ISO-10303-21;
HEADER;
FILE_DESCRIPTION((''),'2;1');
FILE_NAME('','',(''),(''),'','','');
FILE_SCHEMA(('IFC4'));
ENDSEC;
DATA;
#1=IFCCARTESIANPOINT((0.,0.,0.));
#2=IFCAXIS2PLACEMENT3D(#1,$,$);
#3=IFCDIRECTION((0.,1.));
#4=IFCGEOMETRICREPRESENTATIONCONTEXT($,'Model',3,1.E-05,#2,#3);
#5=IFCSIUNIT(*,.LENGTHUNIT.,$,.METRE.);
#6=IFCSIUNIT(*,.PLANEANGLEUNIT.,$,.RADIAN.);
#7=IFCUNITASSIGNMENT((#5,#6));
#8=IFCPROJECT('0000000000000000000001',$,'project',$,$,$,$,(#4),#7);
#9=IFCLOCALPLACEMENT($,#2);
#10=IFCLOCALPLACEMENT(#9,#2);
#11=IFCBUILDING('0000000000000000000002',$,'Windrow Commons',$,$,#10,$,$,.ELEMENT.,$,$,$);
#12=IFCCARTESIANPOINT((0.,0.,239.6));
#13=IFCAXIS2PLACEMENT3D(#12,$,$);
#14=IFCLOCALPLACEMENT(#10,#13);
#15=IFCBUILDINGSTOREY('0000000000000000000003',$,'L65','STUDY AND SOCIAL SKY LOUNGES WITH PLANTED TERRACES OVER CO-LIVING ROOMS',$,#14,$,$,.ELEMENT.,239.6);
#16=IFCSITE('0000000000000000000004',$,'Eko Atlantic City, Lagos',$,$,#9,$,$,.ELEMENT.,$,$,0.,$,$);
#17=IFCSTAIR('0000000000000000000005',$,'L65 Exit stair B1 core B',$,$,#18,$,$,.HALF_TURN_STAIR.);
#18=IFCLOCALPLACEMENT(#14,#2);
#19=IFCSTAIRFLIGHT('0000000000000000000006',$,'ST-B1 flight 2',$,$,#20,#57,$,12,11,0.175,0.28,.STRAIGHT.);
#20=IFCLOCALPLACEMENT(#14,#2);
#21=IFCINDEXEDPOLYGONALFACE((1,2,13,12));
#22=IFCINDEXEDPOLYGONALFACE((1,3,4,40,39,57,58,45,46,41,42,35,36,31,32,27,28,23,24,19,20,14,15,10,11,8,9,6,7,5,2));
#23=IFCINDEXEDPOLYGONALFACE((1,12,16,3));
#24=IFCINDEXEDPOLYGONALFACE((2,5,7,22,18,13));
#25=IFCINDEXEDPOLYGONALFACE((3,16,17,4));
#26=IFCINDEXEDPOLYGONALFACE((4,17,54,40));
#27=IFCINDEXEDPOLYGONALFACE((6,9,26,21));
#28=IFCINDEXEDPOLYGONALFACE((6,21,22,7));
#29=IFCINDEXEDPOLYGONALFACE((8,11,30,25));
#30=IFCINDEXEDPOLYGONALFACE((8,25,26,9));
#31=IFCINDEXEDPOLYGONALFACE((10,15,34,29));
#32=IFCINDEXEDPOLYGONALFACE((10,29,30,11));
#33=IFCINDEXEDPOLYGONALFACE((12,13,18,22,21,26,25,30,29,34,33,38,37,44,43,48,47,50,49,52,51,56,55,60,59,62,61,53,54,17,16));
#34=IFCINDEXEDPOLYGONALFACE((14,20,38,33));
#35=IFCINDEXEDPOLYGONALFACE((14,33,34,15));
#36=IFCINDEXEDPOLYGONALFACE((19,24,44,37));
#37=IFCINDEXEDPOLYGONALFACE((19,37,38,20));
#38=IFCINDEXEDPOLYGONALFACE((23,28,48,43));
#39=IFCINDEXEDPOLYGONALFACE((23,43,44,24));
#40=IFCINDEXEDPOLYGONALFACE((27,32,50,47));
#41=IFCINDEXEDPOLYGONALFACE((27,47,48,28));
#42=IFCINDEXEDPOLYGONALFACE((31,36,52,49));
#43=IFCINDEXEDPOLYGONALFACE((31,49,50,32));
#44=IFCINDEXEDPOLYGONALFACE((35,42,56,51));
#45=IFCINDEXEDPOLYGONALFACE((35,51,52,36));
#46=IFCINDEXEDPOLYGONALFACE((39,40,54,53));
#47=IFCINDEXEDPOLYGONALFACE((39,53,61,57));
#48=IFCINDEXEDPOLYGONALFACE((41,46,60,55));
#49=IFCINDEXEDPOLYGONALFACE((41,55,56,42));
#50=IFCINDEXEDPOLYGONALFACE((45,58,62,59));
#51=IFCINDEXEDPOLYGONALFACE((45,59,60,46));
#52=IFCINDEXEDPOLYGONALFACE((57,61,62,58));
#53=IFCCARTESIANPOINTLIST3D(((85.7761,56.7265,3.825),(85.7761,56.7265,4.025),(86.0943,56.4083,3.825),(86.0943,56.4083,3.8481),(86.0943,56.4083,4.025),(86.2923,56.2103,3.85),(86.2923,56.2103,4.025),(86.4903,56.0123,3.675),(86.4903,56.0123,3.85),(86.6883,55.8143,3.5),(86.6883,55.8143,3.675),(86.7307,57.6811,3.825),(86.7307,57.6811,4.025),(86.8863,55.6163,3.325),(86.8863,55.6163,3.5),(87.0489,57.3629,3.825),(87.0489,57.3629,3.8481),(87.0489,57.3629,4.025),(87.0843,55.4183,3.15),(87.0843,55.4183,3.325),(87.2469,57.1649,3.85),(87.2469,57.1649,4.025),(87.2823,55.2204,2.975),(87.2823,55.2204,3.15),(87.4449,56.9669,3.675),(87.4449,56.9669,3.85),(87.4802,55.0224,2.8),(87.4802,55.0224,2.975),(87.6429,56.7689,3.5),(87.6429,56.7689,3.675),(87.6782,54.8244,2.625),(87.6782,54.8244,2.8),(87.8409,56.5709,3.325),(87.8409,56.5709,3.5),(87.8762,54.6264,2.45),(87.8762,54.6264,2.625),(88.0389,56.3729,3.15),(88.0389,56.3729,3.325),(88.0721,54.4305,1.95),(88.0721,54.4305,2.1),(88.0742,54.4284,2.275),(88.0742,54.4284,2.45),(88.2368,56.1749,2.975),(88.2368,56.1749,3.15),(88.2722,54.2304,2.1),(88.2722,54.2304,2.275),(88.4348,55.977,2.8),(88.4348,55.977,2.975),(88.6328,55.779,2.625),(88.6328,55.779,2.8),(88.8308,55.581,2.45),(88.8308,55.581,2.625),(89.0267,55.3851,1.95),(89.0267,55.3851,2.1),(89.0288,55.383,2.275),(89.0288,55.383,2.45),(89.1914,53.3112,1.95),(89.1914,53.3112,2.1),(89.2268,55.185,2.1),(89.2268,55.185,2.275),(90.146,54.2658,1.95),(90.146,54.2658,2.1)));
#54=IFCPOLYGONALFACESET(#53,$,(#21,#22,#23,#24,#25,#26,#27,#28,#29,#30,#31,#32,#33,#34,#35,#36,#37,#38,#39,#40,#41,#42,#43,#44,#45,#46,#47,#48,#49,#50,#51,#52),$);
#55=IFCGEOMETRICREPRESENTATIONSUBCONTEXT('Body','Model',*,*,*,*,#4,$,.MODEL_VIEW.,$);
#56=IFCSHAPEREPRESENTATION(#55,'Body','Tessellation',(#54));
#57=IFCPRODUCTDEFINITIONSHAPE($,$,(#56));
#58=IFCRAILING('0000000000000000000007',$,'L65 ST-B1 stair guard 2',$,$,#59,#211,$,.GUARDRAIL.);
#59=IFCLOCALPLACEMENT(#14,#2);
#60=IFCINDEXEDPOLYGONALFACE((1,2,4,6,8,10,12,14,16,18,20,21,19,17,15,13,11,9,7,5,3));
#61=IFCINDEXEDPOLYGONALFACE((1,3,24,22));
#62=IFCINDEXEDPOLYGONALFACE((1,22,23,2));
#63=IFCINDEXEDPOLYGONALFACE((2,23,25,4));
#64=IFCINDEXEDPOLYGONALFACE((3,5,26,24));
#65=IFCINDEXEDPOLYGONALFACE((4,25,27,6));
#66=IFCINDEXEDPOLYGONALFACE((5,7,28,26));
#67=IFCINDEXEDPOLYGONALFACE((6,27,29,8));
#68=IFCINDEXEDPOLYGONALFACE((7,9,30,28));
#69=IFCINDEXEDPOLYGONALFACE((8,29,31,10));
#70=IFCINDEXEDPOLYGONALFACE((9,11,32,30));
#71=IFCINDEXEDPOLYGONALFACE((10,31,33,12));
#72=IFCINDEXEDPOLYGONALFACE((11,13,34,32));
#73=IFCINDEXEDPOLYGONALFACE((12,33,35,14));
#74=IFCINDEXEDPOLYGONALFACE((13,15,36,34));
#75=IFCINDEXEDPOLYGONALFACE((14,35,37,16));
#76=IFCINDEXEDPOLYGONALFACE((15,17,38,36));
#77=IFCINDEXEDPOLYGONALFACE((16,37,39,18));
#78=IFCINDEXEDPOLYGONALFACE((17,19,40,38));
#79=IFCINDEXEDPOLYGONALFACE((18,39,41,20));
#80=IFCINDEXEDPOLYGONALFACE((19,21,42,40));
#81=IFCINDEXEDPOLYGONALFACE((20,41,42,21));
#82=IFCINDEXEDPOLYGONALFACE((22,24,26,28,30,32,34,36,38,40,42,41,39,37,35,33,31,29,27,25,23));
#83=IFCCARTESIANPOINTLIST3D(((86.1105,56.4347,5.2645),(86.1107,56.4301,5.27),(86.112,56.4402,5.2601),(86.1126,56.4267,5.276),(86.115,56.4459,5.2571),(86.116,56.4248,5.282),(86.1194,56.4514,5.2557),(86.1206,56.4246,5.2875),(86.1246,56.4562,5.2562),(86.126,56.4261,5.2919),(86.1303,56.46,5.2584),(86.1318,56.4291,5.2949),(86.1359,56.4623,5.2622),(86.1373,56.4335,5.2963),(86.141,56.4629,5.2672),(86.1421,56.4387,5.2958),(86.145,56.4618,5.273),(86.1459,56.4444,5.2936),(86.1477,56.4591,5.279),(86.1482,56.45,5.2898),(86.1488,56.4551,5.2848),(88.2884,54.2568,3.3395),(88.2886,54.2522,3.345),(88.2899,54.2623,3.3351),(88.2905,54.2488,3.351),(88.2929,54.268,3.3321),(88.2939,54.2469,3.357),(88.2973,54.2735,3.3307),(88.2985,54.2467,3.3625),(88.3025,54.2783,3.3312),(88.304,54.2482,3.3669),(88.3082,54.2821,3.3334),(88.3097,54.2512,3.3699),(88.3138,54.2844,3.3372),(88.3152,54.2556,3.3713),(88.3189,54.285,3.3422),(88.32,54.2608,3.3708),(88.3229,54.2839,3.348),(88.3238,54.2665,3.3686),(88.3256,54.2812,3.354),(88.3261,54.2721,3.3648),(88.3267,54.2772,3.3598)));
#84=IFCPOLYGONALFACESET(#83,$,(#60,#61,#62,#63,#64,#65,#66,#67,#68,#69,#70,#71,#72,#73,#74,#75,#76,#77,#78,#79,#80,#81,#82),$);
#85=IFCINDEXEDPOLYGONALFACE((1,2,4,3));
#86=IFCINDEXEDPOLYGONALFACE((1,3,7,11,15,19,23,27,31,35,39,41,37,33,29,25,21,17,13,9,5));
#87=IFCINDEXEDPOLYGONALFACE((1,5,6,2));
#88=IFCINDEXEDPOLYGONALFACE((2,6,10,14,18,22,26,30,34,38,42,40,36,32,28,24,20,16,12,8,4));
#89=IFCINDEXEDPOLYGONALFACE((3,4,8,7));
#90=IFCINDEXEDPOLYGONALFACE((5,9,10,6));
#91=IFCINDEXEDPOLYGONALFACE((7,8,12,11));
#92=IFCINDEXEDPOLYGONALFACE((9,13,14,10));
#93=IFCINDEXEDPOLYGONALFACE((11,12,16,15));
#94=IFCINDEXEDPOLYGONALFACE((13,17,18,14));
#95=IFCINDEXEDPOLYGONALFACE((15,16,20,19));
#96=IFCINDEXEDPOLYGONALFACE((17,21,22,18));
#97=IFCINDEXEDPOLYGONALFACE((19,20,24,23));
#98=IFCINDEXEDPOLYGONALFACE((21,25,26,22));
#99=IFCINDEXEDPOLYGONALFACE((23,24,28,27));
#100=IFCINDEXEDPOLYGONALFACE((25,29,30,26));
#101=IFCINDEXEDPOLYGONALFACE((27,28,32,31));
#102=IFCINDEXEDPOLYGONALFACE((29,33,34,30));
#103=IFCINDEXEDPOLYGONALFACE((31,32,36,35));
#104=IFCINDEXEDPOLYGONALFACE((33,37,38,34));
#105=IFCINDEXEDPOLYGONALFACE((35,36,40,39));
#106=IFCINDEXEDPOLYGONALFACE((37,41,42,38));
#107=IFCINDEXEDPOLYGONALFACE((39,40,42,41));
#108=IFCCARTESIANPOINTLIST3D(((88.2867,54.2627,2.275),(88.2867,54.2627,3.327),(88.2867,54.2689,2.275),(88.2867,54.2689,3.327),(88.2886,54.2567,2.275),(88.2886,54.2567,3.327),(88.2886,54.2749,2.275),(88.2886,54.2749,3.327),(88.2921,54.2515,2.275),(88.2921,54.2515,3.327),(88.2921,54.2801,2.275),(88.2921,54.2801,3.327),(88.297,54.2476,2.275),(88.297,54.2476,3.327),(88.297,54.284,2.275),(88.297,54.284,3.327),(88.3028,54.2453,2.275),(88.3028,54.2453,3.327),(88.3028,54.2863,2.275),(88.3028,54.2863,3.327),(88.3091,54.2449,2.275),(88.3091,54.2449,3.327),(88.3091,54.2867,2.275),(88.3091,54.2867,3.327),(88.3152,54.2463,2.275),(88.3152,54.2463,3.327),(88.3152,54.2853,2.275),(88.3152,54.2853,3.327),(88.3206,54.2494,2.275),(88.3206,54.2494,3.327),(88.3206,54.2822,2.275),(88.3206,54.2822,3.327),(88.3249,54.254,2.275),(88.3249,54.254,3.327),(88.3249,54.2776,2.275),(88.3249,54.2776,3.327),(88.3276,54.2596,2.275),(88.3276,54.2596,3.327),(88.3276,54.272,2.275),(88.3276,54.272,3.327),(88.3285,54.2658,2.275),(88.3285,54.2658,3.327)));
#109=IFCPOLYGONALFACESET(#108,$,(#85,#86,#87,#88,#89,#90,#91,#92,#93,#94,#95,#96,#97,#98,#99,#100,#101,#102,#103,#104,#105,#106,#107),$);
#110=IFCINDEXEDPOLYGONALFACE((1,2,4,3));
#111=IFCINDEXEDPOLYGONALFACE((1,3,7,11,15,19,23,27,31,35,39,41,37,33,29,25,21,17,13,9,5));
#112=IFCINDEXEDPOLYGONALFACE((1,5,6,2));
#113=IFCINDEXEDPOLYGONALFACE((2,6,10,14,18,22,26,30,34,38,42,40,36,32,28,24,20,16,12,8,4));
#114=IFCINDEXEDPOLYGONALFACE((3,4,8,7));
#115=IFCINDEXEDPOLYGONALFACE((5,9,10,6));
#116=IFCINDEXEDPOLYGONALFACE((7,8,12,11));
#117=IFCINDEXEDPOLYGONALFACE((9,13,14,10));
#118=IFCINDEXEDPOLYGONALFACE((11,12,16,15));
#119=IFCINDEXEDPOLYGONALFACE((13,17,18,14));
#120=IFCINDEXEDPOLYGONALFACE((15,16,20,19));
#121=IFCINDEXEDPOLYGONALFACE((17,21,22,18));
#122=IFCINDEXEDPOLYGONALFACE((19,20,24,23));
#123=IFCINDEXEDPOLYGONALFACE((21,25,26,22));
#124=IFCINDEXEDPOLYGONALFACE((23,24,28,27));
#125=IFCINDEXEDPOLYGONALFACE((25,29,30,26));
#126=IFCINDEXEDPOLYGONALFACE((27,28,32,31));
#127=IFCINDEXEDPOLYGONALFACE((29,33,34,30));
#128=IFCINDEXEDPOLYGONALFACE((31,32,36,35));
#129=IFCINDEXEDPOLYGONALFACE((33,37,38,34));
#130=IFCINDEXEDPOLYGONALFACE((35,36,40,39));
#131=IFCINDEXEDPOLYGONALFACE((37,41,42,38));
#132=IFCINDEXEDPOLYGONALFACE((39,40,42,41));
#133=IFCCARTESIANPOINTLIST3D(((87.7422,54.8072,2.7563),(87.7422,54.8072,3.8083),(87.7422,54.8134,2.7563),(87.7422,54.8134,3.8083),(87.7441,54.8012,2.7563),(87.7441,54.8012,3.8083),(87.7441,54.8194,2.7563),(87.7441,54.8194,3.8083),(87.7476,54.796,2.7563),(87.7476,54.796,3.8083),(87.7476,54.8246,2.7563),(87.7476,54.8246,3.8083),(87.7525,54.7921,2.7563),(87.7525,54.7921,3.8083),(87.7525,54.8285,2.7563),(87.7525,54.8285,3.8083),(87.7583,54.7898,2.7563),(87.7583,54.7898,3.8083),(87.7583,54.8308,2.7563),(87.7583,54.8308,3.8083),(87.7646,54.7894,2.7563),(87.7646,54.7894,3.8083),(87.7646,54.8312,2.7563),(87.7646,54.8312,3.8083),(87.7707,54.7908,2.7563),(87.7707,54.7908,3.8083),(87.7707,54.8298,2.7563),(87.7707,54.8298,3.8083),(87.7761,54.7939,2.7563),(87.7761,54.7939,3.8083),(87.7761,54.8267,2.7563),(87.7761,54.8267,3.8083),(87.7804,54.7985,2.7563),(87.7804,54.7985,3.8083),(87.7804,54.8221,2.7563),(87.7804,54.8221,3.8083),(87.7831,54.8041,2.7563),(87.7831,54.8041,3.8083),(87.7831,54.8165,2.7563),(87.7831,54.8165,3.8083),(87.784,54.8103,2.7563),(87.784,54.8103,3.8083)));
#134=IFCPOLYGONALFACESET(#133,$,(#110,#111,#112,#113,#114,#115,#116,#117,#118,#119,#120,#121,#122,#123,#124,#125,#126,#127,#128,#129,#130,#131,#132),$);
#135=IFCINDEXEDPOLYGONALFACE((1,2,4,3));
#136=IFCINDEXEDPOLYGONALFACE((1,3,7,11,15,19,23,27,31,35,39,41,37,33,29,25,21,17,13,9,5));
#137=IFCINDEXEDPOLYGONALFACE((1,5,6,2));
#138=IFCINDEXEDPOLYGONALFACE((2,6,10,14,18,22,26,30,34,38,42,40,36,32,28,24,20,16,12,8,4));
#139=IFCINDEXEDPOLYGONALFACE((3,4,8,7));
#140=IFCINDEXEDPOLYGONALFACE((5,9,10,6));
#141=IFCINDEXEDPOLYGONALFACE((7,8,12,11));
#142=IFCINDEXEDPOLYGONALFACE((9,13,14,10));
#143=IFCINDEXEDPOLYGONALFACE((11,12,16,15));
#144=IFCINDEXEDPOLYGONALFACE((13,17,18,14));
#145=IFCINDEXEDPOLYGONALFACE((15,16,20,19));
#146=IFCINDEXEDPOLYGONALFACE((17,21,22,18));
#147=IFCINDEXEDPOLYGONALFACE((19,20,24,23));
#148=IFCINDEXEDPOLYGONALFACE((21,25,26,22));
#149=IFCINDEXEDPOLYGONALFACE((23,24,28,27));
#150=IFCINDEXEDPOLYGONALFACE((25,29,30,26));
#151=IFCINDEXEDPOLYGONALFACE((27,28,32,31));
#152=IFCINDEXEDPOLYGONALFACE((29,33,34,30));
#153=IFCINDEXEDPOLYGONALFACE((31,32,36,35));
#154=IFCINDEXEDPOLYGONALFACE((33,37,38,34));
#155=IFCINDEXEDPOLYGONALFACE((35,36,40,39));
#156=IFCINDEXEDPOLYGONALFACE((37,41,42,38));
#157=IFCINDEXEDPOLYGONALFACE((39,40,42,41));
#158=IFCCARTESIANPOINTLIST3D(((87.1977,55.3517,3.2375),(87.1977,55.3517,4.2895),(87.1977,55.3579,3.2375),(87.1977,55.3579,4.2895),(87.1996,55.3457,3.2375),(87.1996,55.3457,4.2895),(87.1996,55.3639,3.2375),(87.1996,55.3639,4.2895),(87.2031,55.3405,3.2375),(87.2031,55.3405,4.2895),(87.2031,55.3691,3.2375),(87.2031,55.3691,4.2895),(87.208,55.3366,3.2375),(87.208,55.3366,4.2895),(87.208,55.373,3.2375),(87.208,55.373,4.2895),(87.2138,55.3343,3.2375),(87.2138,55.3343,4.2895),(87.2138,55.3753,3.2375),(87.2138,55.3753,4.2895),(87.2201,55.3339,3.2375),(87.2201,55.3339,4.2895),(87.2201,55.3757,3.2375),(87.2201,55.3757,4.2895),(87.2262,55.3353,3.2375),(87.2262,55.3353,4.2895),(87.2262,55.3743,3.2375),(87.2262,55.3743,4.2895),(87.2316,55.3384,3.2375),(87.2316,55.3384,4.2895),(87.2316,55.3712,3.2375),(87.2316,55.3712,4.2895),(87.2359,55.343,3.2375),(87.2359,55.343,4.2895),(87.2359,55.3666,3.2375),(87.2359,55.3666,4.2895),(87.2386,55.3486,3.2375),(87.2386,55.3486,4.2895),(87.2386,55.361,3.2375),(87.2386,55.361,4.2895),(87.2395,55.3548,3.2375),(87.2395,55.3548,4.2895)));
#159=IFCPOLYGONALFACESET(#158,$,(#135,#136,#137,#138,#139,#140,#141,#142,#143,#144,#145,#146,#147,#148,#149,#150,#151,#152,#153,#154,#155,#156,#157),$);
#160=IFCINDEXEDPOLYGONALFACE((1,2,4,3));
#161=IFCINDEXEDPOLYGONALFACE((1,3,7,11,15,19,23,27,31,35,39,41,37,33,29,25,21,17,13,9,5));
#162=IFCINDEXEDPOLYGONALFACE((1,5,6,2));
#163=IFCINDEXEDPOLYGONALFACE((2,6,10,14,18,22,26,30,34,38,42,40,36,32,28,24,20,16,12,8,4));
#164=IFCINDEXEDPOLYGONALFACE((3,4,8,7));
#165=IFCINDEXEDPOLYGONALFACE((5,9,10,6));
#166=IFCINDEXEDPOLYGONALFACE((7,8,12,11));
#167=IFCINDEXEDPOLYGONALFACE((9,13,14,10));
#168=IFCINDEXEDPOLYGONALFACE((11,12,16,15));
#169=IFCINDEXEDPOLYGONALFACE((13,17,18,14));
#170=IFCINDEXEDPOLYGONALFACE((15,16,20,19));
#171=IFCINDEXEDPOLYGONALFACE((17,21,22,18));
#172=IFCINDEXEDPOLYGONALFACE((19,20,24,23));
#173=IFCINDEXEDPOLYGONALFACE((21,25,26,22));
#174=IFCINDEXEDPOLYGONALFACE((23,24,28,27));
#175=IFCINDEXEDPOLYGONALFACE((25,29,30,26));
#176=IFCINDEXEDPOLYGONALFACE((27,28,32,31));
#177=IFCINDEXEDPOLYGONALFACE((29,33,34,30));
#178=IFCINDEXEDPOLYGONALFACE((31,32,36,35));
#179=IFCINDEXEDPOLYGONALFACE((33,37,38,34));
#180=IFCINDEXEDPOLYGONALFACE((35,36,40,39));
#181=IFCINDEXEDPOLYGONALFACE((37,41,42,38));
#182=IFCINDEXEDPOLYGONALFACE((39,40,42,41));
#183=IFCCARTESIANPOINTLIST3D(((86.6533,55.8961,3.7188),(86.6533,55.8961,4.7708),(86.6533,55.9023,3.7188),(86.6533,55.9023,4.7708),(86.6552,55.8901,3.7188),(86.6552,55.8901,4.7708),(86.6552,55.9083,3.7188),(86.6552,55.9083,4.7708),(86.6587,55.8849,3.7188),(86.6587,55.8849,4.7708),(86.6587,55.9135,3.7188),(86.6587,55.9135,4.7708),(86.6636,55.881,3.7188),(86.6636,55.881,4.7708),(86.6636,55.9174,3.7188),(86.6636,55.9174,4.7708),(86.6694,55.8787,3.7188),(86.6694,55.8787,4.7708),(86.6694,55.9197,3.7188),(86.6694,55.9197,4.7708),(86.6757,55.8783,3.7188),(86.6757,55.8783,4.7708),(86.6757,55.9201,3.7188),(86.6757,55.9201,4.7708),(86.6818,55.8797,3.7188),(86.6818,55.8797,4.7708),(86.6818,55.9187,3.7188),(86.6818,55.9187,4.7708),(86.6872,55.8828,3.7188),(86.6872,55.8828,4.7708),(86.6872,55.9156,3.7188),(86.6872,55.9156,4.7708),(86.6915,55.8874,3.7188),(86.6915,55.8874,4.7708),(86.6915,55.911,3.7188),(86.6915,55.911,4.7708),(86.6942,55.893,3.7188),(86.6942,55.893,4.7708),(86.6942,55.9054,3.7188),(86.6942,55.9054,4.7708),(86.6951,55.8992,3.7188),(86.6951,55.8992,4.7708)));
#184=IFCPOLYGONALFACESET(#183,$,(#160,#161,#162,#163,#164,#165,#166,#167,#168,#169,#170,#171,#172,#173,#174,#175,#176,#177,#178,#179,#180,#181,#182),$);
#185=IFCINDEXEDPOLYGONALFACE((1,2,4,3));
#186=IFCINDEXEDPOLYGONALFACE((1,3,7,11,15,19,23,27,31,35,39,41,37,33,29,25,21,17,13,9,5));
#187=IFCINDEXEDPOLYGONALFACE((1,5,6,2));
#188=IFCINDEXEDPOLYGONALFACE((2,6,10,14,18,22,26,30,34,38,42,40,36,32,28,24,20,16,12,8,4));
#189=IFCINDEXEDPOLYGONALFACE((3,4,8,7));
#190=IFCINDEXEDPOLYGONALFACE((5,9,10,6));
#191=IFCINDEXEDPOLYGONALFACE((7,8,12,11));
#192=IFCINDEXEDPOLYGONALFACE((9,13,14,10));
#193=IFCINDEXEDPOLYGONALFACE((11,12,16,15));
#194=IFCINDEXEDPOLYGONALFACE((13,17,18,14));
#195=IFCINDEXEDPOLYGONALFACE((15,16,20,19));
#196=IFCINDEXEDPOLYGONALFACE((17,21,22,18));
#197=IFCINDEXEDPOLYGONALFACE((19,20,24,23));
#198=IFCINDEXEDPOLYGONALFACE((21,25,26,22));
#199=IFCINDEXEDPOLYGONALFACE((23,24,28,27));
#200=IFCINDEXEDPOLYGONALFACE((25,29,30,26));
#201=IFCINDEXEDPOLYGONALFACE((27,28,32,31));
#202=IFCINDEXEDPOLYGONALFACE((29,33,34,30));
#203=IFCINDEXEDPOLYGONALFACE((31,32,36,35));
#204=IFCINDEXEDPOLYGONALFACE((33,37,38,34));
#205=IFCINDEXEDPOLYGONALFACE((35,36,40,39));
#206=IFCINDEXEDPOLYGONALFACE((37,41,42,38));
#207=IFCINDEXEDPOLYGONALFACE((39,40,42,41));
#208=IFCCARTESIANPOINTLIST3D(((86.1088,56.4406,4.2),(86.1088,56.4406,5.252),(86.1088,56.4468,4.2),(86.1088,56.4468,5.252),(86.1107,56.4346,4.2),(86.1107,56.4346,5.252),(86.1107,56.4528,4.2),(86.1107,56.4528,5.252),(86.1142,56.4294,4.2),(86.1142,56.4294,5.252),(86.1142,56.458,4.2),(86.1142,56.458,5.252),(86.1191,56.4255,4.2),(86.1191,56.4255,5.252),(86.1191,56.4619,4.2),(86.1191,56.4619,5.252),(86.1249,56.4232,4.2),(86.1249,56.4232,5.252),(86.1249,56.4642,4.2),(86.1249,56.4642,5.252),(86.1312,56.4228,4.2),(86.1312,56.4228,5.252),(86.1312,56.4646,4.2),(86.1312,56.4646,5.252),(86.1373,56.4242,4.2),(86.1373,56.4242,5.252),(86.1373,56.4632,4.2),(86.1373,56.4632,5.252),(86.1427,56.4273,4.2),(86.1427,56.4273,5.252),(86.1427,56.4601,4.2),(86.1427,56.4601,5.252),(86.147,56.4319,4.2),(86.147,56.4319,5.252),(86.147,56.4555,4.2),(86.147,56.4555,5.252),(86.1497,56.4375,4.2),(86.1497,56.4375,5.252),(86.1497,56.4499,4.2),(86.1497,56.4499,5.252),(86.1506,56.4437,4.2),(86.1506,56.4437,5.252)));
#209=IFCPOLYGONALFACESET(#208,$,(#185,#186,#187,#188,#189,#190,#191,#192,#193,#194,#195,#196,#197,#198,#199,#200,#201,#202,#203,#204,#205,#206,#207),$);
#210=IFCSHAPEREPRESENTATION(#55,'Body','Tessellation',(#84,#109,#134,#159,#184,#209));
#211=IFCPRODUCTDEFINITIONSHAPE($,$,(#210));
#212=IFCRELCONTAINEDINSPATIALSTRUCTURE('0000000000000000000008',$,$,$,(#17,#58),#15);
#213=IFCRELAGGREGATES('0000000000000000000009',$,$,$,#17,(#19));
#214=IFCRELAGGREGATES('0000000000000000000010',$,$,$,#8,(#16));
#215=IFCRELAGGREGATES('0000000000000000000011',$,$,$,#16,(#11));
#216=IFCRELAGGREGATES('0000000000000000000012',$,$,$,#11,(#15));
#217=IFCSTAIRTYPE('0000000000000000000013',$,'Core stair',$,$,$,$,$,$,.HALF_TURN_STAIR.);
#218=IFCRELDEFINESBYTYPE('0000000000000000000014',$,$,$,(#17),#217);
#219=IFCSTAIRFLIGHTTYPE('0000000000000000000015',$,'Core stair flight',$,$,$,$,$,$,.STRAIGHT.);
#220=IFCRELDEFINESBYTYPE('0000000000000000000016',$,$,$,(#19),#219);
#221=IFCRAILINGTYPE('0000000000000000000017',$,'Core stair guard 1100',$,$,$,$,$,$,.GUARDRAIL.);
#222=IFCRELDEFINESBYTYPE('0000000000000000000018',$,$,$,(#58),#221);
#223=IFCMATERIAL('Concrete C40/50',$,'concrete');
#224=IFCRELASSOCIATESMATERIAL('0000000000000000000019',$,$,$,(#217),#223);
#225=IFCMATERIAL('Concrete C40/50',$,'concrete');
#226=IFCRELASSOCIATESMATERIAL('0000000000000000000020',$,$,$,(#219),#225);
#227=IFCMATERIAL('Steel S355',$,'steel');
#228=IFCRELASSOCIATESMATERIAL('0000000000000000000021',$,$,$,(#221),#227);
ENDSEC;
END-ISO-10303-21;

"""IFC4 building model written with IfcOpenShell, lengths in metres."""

from ifc_helpers import new_model, si_unit, direction, frame, origin, origin_2d, place, context, subcontext, project, spatial, polyline, circle, outline, extrude, material, type_object, element, aggregate, save


model = new_model("IFC4")

# Units and contexts
model_context = context("Model", 3, precision=1e-05, world=origin(), true_north=direction((0.0, 1.0)))
body_context = subcontext(model_context, "Body", "Model", "MODEL_VIEW")
ifc_project = project(units=[si_unit("LENGTHUNIT", "METRE"), si_unit("PLANEANGLEUNIT", "RADIAN")], contexts=[model_context])

# Site, building, storey
site_placement = place(None, origin())
site = spatial("IfcSite", under=ifc_project, at=site_placement, Name="Eko Atlantic City, Lagos", CompositionType="ELEMENT", RefElevation=0.0)
building_placement = place(site_placement, origin())
building = spatial("IfcBuilding", under=site, at=building_placement, Name="Windrow Commons", CompositionType="ELEMENT")
storey_placement = place(building_placement, frame((0.0, 0.0, 239.6)))
storey = spatial("IfcBuildingStorey", under=building, at=storey_placement, Name="L65", Description="STUDY AND SOCIAL SKY LOUNGES WITH PLANTED TERRACES OVER CO-LIVING ROOMS", CompositionType="ELEMENT", Elevation=239.6)

# Shared definitions
placement = place(storey_placement, origin())

# Stair, stair flight
ifc_material_1 = material(Name="Concrete C40/50", Category="concrete")
stair_type = type_object("IfcStairType", Name="Core stair", PredefinedType="HALF_TURN_STAIR", material=ifc_material_1)
stair = element("IfcStair", 1, at=placement, inside=storey, type_object=stair_type, Name="L65 Exit stair B1 core B", PredefinedType="HALF_TURN_STAIR")
ifc_material_2 = material(Name="Concrete C40/50", Category="concrete")
stair_flight_type = type_object("IfcStairFlightType", Name="Core stair flight", PredefinedType="STRAIGHT", material=ifc_material_2)
stair_flight_1_placement = place(storey_placement, frame((88.7495, 54.7077, 2.1), z_axis=(0.0, 0.0, 1.0), x_axis=(-0.707107, 0.707107, 0.0)))
stair_flight_1 = element("IfcStairFlight", 2, at=stair_flight_1_placement, type_object=stair_flight_type, Name="ST-B1 flight 2", NumberOfRisers=12, NumberOfTreads=11, PredefinedType="STRAIGHT", RiserHeight=0.175, TreadLength=0.28, context=body_context, shape_type="SweptSolid", body=[
    extrude(outline(polyline([(-1.3, -0.15), (-1.3, 0.0), (0.0, 0.0), (0.0, 0.175), (0.28, 0.175), (0.28, 0.35), (0.56, 0.35), (0.56, 0.525), (0.84, 0.525), (0.84, 0.7), (1.12, 0.7), (1.12, 0.875), (1.4, 0.875), (1.4, 1.05), (1.68, 1.05), (1.68, 1.225), (1.96, 1.225), (1.96, 1.4), (2.24, 1.4), (2.24, 1.575), (2.52, 1.575), (2.52, 1.75), (2.8, 1.75), (2.8, 1.925), (3.08, 1.925), (3.53, 1.925), (3.53, 1.725), (3.08, 1.725), (3.08, 1.7481), (0.283, 0.0), (0.283, -0.15), (-1.3, -0.15)])), frame((0.0, 0.675, 0.0), z_axis=(0.0, -1.0, 0.0), x_axis=(1.0, 0.0, 0.0)), (0.0, 0.0, 1.0), 1.35),
])
aggregate(stair, [stair_flight_1])

# Railing
ifc_material_3 = material(Name="Steel S355", Category="steel")
railing_type_1 = type_object("IfcRailingType", Name="Core stair guard 1100", PredefinedType="GUARDRAIL", material=ifc_material_3)
railing_1_placement = place(storey_placement, frame((88.3075, 54.2658, 2.275)))
element("IfcRailing", 3, at=railing_1_placement, inside=storey, type_object=railing_type_1, Name="L65 ST-B1 stair guard 2", PredefinedType="GUARDRAIL", context=body_context, shape_type="SweptSolid", body=[
    extrude(circle(Radius=0.024, at=origin_2d()), frame((0.0, 0.0, 1.076), z_axis=(-0.599626, 0.599626, 0.529997), x_axis=(-0.707107, -0.707107, 0.0)), (0.0, 0.0, 1.0), 3.6321),
    extrude(circle(Radius=0.021, at=origin_2d()), origin(), (0.0, 0.0, 1.0), 1.052),
    extrude(circle(Radius=0.021, at=origin_2d()), frame((-0.5445, 0.5445, 0.4813)), (0.0, 0.0, 1.0), 1.052),
    extrude(circle(Radius=0.021, at=origin_2d()), frame((-1.089, 1.089, 0.9625)), (0.0, 0.0, 1.0), 1.052),
    extrude(circle(Radius=0.021, at=origin_2d()), frame((-1.6334, 1.6334, 1.4438)), (0.0, 0.0, 1.0), 1.052),
    extrude(circle(Radius=0.021, at=origin_2d()), frame((-2.1779, 2.1779, 1.925)), (0.0, 0.0, 1.0), 1.052),
])

save(model, "model.ifc")
